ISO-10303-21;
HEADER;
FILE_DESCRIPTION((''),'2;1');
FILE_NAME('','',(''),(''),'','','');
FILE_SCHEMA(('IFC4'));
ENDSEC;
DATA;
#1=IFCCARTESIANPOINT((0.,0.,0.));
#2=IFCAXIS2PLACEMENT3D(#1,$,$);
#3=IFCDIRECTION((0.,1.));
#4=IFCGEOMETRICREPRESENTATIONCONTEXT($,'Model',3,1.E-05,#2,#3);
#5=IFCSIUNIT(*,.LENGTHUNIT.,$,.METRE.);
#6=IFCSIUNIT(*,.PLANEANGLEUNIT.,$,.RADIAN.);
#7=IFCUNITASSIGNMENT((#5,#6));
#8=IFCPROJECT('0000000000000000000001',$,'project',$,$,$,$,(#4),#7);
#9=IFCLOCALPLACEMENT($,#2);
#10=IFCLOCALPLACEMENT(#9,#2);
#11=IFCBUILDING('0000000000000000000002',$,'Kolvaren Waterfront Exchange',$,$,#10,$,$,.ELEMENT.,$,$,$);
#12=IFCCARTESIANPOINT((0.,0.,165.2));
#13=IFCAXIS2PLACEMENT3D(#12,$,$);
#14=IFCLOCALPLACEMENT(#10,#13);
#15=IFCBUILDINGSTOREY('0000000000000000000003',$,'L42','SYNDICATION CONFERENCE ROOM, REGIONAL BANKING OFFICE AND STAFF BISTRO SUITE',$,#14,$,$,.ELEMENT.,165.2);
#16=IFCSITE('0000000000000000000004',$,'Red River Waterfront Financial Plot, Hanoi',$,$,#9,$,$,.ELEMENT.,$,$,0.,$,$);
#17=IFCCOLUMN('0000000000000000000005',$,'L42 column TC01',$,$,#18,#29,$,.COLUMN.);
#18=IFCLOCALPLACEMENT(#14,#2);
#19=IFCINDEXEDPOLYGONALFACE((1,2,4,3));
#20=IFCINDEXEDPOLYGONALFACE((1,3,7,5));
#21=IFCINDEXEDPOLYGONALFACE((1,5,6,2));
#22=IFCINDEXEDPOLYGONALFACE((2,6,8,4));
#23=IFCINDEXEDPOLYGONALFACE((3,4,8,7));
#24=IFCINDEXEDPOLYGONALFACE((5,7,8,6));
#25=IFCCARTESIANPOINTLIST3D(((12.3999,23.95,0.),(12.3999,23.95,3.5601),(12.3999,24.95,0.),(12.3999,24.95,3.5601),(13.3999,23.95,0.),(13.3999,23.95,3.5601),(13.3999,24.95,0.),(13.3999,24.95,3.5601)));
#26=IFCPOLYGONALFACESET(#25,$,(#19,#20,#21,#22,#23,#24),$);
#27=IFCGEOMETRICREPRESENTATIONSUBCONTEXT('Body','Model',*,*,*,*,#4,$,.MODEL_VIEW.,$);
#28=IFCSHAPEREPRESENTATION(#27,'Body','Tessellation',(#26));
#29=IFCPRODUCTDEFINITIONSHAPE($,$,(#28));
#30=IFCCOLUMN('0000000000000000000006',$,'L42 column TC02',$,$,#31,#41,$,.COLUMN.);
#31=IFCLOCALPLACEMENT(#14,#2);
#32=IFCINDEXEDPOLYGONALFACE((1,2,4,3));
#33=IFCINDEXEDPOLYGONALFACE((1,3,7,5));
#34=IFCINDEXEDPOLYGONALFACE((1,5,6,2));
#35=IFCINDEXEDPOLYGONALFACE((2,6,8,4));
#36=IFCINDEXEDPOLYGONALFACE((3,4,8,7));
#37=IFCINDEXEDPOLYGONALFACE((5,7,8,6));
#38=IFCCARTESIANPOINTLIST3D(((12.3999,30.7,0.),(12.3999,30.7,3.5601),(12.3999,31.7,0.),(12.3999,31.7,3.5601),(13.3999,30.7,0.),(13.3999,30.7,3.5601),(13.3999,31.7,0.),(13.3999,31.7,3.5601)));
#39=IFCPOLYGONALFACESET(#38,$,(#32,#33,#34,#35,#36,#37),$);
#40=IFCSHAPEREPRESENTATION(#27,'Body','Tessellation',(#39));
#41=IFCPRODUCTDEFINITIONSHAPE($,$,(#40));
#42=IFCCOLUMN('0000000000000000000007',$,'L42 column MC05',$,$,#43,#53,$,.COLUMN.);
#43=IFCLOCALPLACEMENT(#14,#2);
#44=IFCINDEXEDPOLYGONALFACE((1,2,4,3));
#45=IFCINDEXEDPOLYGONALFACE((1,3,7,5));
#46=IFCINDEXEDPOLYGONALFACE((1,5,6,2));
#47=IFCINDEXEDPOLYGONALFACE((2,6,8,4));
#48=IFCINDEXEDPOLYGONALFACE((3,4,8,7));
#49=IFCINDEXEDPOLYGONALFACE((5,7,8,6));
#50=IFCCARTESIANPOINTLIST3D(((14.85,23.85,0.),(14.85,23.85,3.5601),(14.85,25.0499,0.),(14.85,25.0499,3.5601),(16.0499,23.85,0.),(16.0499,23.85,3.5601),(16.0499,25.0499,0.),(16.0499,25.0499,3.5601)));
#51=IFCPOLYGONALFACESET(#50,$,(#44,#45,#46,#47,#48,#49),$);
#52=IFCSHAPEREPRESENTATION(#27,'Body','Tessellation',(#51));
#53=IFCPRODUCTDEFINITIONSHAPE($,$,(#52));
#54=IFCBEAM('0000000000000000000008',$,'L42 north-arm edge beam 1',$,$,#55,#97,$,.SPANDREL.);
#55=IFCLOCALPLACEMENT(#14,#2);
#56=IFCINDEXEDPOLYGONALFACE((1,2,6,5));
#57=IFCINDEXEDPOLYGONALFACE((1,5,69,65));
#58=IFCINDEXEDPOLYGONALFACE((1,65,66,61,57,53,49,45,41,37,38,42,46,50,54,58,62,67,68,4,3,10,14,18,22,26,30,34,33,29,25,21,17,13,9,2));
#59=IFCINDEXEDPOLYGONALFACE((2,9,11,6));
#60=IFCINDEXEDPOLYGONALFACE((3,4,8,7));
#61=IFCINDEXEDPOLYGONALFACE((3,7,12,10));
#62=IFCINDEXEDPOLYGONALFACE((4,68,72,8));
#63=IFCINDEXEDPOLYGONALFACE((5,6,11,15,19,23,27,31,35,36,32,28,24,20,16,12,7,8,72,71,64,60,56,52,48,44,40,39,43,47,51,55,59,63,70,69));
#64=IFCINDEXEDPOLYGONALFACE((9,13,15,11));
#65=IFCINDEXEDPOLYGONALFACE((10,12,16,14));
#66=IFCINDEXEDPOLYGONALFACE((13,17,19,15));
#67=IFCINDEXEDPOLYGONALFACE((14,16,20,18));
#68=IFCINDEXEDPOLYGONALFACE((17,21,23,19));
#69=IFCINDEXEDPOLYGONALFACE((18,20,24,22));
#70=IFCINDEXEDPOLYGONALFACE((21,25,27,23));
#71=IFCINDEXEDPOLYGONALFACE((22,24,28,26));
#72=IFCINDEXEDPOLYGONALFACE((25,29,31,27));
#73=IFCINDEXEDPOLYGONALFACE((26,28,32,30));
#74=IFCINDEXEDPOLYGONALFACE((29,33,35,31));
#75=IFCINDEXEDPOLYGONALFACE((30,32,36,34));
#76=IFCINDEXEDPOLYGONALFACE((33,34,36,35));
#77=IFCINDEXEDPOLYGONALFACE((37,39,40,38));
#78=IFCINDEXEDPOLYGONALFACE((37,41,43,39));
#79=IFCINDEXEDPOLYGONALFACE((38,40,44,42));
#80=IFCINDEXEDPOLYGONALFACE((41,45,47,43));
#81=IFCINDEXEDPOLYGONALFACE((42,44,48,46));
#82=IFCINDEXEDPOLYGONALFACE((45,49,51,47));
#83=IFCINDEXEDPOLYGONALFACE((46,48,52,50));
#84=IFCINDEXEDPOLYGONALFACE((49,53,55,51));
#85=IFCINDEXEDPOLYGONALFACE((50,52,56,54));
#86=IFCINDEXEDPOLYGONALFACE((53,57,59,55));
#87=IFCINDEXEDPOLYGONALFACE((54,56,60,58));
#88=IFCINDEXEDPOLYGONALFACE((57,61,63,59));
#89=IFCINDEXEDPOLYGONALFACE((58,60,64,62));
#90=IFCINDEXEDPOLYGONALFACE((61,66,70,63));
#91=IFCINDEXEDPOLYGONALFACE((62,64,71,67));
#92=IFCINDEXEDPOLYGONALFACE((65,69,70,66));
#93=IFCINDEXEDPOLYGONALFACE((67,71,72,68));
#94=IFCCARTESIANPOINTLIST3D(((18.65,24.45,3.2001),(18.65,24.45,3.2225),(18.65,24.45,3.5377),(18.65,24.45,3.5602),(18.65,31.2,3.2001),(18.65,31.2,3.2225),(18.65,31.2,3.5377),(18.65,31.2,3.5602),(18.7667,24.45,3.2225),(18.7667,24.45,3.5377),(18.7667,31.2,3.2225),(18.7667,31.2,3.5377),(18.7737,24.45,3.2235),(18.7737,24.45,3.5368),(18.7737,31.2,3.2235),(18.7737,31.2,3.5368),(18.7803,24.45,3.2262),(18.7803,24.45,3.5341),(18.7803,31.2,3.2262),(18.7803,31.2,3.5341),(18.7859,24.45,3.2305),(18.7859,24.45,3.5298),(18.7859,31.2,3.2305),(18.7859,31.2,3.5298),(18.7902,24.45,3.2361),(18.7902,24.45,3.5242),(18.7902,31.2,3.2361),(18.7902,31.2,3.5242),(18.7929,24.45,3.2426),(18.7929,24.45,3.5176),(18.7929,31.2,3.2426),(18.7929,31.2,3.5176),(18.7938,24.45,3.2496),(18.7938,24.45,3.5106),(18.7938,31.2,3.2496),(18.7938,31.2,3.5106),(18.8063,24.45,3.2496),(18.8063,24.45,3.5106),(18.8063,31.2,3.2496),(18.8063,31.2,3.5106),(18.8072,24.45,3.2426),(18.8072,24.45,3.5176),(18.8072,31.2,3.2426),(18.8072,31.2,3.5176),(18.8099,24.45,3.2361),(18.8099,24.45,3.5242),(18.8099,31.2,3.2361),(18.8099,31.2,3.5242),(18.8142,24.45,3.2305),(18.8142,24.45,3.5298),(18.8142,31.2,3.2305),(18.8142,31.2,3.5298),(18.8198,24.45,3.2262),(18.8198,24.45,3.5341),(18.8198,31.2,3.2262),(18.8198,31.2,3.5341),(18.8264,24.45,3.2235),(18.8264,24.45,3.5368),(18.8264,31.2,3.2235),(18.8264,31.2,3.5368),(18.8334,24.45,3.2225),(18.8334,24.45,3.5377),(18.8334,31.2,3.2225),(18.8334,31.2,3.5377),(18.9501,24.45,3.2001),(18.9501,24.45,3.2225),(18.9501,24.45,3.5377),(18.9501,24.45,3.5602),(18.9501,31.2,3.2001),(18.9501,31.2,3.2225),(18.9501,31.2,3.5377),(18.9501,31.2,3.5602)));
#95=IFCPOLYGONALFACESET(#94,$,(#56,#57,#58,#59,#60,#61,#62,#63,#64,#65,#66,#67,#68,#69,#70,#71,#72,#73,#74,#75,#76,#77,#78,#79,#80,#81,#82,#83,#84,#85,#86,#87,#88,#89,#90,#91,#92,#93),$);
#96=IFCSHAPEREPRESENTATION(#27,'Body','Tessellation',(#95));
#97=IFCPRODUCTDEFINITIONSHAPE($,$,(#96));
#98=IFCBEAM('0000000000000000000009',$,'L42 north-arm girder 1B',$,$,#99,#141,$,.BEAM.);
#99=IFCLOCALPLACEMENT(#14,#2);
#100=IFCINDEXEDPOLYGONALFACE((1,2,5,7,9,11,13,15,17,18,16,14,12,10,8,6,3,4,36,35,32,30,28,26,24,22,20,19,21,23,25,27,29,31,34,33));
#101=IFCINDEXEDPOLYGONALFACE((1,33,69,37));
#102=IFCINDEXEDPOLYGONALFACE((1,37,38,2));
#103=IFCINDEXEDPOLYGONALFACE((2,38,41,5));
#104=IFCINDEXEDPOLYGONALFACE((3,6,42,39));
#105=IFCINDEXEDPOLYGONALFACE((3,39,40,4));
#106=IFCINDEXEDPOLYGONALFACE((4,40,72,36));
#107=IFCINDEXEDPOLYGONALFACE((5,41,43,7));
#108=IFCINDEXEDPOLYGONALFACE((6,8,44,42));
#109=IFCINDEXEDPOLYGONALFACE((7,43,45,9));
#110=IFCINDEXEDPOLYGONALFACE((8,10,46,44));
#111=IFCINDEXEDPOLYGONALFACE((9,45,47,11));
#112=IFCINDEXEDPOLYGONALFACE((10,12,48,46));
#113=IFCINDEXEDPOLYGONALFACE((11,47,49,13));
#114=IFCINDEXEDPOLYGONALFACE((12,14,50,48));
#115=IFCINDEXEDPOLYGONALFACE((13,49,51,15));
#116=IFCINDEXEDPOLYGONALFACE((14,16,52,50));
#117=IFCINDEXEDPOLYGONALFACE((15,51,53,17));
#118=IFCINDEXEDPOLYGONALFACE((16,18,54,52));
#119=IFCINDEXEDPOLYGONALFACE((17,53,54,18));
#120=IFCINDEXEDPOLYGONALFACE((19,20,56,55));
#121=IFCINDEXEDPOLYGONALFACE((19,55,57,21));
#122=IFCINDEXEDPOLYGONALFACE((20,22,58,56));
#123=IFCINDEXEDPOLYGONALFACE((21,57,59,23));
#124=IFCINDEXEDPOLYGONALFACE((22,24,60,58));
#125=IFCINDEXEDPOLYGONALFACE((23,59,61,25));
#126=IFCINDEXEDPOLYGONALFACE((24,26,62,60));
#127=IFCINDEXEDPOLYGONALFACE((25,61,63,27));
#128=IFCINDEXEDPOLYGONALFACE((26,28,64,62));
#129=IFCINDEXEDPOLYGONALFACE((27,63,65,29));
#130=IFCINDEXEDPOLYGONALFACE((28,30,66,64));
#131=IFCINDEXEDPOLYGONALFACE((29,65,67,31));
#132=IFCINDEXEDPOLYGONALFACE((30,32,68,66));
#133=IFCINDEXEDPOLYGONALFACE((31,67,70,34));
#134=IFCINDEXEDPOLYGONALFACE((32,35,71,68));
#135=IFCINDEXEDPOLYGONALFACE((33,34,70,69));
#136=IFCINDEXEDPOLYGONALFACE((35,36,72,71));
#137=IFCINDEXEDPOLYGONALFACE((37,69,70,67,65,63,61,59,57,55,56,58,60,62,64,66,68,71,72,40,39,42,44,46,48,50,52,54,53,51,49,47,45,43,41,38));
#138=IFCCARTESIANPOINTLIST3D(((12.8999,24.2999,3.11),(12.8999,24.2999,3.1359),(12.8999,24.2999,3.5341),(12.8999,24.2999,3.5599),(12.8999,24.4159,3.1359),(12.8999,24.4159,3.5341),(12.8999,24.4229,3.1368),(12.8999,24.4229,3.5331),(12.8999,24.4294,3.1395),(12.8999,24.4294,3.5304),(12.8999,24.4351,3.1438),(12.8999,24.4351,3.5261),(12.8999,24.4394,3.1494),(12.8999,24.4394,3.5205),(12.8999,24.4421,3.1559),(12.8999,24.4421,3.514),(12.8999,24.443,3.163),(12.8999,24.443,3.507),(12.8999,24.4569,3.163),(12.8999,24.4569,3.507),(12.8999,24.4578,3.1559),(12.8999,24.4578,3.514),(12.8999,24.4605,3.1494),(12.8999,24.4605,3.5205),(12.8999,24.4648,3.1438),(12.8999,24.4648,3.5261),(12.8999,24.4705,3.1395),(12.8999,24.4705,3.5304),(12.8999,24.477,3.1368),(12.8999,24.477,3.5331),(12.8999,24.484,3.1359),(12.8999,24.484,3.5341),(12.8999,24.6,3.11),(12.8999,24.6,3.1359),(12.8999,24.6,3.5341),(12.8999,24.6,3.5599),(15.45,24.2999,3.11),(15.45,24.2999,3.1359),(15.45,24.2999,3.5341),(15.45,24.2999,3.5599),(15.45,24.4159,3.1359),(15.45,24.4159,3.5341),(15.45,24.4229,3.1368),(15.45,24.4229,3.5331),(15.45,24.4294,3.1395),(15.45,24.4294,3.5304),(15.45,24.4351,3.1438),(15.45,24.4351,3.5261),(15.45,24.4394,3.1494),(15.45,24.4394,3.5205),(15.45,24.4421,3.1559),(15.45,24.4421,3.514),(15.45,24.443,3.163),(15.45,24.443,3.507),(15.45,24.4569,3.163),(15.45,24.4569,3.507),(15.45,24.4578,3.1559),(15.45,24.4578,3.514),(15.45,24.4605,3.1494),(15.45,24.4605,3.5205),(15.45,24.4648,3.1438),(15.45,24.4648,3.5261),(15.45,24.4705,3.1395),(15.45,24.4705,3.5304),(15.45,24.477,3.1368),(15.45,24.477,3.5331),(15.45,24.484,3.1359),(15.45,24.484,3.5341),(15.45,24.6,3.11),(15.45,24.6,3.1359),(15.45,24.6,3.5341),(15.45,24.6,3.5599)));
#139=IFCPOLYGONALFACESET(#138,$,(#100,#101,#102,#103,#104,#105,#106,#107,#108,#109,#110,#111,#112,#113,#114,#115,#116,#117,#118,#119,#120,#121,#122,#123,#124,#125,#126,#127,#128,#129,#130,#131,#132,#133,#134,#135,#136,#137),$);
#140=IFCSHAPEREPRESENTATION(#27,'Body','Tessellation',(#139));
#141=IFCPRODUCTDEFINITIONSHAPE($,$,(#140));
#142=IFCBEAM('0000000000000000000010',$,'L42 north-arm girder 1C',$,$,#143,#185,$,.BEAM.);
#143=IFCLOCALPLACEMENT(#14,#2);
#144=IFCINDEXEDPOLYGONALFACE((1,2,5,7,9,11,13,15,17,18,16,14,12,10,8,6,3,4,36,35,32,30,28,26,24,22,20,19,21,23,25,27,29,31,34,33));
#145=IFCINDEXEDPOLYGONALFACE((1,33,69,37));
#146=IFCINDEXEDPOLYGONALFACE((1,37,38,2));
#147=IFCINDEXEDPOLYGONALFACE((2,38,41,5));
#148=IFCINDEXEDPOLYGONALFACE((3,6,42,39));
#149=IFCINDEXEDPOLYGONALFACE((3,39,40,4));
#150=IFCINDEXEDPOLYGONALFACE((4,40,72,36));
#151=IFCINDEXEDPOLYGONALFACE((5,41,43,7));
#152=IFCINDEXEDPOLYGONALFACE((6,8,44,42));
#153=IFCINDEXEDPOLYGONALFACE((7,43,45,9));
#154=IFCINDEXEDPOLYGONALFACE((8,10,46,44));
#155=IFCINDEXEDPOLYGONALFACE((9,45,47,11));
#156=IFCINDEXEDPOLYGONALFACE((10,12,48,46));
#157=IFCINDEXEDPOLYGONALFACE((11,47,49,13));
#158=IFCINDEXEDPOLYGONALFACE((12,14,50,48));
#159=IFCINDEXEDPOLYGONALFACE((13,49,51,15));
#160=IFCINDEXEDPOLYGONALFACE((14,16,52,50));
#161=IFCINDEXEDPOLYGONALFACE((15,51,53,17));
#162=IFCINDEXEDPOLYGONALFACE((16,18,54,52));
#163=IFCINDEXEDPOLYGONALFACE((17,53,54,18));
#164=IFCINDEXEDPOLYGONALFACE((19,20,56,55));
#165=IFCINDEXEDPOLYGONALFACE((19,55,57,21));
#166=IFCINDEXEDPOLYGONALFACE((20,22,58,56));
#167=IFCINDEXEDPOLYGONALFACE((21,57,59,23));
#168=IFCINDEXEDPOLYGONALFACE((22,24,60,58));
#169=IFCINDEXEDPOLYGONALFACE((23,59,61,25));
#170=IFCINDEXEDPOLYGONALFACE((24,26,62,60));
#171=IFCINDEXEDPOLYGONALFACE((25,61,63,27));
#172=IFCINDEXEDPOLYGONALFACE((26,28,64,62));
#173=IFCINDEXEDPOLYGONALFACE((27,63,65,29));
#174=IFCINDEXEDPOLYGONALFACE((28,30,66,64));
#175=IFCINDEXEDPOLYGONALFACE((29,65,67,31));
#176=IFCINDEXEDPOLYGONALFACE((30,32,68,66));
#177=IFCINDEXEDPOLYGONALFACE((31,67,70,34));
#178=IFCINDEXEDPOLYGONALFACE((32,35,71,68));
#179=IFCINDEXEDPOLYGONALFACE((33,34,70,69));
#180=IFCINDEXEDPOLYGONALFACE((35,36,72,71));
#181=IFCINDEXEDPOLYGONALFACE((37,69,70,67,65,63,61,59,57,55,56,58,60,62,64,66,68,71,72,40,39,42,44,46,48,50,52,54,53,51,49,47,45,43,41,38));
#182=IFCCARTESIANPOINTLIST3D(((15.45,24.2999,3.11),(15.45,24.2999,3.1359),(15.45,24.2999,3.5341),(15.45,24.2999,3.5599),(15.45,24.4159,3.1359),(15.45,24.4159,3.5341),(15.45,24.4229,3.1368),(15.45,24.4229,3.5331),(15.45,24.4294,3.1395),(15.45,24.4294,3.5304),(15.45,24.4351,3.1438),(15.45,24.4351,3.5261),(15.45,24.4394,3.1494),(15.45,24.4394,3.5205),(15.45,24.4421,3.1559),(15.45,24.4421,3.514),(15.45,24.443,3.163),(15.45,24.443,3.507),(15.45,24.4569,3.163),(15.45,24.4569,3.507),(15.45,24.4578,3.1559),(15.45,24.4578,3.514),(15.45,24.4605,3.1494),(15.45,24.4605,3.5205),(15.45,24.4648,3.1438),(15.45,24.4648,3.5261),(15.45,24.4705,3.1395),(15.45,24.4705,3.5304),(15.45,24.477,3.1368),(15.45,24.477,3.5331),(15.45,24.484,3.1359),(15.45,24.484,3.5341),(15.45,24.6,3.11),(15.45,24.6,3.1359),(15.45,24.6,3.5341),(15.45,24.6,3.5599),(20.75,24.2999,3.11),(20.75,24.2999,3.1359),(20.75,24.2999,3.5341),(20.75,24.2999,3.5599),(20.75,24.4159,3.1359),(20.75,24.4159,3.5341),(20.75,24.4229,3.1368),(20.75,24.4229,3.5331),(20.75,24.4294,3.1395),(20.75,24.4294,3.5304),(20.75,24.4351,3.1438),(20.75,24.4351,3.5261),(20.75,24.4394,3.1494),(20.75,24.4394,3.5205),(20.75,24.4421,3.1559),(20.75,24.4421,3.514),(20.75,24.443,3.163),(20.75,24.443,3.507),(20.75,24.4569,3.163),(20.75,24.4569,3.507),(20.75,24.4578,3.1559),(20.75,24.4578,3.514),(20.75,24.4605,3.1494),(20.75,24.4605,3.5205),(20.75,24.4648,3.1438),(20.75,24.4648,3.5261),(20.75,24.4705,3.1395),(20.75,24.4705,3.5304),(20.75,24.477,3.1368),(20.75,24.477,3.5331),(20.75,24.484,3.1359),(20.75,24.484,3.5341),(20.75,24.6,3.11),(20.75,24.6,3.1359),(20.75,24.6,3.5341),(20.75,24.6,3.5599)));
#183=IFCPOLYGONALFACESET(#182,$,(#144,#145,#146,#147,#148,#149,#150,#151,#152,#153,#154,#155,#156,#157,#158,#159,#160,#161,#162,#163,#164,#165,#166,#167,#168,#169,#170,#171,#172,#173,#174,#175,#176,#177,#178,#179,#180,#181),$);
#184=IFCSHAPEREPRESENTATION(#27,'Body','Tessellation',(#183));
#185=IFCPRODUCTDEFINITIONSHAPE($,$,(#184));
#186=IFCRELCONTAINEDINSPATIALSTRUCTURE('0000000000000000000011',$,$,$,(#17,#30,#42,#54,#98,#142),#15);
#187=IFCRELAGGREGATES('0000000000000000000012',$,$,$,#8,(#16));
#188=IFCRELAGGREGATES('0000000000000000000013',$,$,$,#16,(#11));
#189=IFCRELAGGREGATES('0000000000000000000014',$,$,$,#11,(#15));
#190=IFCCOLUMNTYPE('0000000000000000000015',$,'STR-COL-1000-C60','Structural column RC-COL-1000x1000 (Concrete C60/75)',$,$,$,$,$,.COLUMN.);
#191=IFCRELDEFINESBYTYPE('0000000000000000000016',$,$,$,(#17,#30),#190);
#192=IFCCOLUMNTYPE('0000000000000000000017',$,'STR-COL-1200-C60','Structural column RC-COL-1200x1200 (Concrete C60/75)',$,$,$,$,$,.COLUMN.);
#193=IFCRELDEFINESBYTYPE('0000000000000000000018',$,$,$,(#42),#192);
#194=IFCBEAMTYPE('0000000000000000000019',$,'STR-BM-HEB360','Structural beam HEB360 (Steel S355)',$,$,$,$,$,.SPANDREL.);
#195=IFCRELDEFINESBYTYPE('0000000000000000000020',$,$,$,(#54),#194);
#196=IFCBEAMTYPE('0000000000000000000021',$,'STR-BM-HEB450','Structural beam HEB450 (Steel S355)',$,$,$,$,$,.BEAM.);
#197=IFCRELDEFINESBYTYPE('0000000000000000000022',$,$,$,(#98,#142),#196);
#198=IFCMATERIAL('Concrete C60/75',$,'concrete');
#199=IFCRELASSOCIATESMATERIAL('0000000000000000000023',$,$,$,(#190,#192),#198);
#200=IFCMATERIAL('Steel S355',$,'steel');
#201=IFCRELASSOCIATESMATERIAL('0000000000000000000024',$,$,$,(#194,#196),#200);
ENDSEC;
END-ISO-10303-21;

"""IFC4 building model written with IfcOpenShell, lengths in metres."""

from ifc_helpers import new_model, si_unit, direction, frame, origin, origin_2d, place, context, subcontext, project, spatial, rectangle, i_section, extrude, material, material_profile, profile_set, type_object, element, save


model = new_model("IFC4")

# Units and contexts
model_context = context("Model", 3, precision=1e-05, world=origin(), true_north=direction((0.0, 1.0)))
body_context = subcontext(model_context, "Body", "Model", "MODEL_VIEW")
ifc_project = project(units=[si_unit("LENGTHUNIT", "METRE"), si_unit("PLANEANGLEUNIT", "RADIAN")], contexts=[model_context])

# Site, building, storey
site_placement = place(None, origin())
site = spatial("IfcSite", under=ifc_project, at=site_placement, Name="Red River Waterfront Financial Plot, Hanoi", CompositionType="ELEMENT", RefElevation=0.0)
building_placement = place(site_placement, origin())
building = spatial("IfcBuilding", under=site, at=building_placement, Name="Kolvaren Waterfront Exchange", CompositionType="ELEMENT")
storey_placement = place(building_placement, frame((0.0, 0.0, 165.2)))
storey = spatial("IfcBuildingStorey", under=building, at=storey_placement, Name="L42", Description="SYNDICATION CONFERENCE ROOM, REGIONAL BANKING OFFICE AND STAFF BISTRO SUITE", CompositionType="ELEMENT", Elevation=165.2)

# Columns
ifc_material_1 = material(Name="Concrete C60/75", Category="concrete")
ifc_material_profile_1 = material_profile(ifc_material_1, rectangle(XDim=1.0, YDim=1.0, at=origin_2d()), Name="RC-COL-1000x1000")
ifc_profile_set_1 = profile_set([ifc_material_profile_1], Name="Concrete C60/75")
column_type_1 = type_object("IfcColumnType", Name="STR-COL-1000-C60", Description="Structural column RC-COL-1000x1000 (Concrete C60/75)", PredefinedType="COLUMN", material=ifc_profile_set_1)
for number, where, z_axis, x_axis, name in (
    (1, (12.8999, 24.45, 0.0), (0.0, 0.0, 1.0), (1.0, 0.0, 0.0), "L42 column TC01"),
    (2, (12.8999, 31.2, 0.0), (0.0, 0.0, 1.0), (1.0, 0.0, 0.0), "L42 column TC02"),
):
    element("IfcColumn", number, at=place(storey_placement, frame(where, z_axis=z_axis, x_axis=x_axis)), inside=storey, type_object=column_type_1, Name=name, PredefinedType="COLUMN", context=body_context, shape_type="SweptSolid", body=[
        extrude(rectangle(XDim=1.0, YDim=1.0, at=origin_2d()), origin(), (0.0, 0.0, 1.0), 3.5601),
    ])
ifc_material_profile_2 = material_profile(ifc_material_1, rectangle(XDim=1.2, YDim=1.2, at=origin_2d()), Name="RC-COL-1200x1200")
ifc_profile_set_2 = profile_set([ifc_material_profile_2], Name="Concrete C60/75")
column_type_2 = type_object("IfcColumnType", Name="STR-COL-1200-C60", Description="Structural column RC-COL-1200x1200 (Concrete C60/75)", PredefinedType="COLUMN", material=ifc_profile_set_2)
column_placement = place(storey_placement, frame((15.45, 24.45, 0.0), z_axis=(0.0, 0.0, 1.0), x_axis=(1.0, 0.0, 0.0)))
element("IfcColumn", 3, at=column_placement, inside=storey, type_object=column_type_2, Name="L42 column MC05", PredefinedType="COLUMN", context=body_context, shape_type="SweptSolid", body=[
    extrude(rectangle(XDim=1.2, YDim=1.2, at=origin_2d()), origin(), (0.0, 0.0, 1.0), 3.5601),
])

# Beams
ifc_material_2 = material(Name="Steel S355", Category="steel")
ifc_material_profile_3 = material_profile(ifc_material_2, i_section(OverallWidth=0.3, OverallDepth=0.3601, WebThickness=0.0125, FlangeThickness=0.0225, FilletRadius=0.0271, at=origin_2d()), Name="HEB360")
ifc_profile_set_3 = profile_set([ifc_material_profile_3], Name="Steel S355")
beam_type_1 = type_object("IfcBeamType", Name="STR-BM-HEB360", Description="Structural beam HEB360 (Steel S355)", PredefinedType="SPANDREL", material=ifc_profile_set_3)
beam_1_placement = place(storey_placement, frame((18.8, 24.45, 3.3801), z_axis=(0.0, 1.0, 0.0), x_axis=(-1.0, 0.0, 0.0)))
element("IfcBeam", 4, at=beam_1_placement, inside=storey, type_object=beam_type_1, Name="L42 north-arm edge beam 1", PredefinedType="SPANDREL", context=body_context, shape_type="SweptSolid", body=[
    extrude(i_section(OverallWidth=0.3, OverallDepth=0.3601, WebThickness=0.0125, FlangeThickness=0.0225, FilletRadius=0.0271, at=origin_2d()), origin(), (0.0, 0.0, 1.0), 6.75),
])
ifc_material_profile_4 = material_profile(ifc_material_2, i_section(OverallWidth=0.3, OverallDepth=0.45, WebThickness=0.0139, FlangeThickness=0.0259, FilletRadius=0.0271, at=origin_2d()), Name="HEB450")
ifc_profile_set_4 = profile_set([ifc_material_profile_4], Name="Steel S355")
beam_type_2 = type_object("IfcBeamType", Name="STR-BM-HEB450", Description="Structural beam HEB450 (Steel S355)", PredefinedType="BEAM", material=ifc_profile_set_4)
beam_2_placement = place(storey_placement, frame((12.8999, 24.45, 3.335), z_axis=(1.0, 0.0, 0.0), x_axis=(0.0, 1.0, 0.0)))
element("IfcBeam", 5, at=beam_2_placement, inside=storey, type_object=beam_type_2, Name="L42 north-arm girder 1B", PredefinedType="BEAM", context=body_context, shape_type="SweptSolid", body=[
    extrude(i_section(OverallWidth=0.3, OverallDepth=0.45, WebThickness=0.0139, FlangeThickness=0.0259, FilletRadius=0.0271, at=origin_2d()), origin(), (0.0, 0.0, 1.0), 2.55),
])
beam_3_placement = place(storey_placement, frame((15.45, 24.45, 3.335), z_axis=(1.0, 0.0, 0.0), x_axis=(0.0, 1.0, 0.0)))
element("IfcBeam", 6, at=beam_3_placement, inside=storey, type_object=beam_type_2, Name="L42 north-arm girder 1C", PredefinedType="BEAM", context=body_context, shape_type="SweptSolid", body=[
    extrude(i_section(OverallWidth=0.3, OverallDepth=0.45, WebThickness=0.0139, FlangeThickness=0.0259, FilletRadius=0.0271, at=origin_2d()), origin(), (0.0, 0.0, 1.0), 5.3),
])

save(model, "model.ifc")
